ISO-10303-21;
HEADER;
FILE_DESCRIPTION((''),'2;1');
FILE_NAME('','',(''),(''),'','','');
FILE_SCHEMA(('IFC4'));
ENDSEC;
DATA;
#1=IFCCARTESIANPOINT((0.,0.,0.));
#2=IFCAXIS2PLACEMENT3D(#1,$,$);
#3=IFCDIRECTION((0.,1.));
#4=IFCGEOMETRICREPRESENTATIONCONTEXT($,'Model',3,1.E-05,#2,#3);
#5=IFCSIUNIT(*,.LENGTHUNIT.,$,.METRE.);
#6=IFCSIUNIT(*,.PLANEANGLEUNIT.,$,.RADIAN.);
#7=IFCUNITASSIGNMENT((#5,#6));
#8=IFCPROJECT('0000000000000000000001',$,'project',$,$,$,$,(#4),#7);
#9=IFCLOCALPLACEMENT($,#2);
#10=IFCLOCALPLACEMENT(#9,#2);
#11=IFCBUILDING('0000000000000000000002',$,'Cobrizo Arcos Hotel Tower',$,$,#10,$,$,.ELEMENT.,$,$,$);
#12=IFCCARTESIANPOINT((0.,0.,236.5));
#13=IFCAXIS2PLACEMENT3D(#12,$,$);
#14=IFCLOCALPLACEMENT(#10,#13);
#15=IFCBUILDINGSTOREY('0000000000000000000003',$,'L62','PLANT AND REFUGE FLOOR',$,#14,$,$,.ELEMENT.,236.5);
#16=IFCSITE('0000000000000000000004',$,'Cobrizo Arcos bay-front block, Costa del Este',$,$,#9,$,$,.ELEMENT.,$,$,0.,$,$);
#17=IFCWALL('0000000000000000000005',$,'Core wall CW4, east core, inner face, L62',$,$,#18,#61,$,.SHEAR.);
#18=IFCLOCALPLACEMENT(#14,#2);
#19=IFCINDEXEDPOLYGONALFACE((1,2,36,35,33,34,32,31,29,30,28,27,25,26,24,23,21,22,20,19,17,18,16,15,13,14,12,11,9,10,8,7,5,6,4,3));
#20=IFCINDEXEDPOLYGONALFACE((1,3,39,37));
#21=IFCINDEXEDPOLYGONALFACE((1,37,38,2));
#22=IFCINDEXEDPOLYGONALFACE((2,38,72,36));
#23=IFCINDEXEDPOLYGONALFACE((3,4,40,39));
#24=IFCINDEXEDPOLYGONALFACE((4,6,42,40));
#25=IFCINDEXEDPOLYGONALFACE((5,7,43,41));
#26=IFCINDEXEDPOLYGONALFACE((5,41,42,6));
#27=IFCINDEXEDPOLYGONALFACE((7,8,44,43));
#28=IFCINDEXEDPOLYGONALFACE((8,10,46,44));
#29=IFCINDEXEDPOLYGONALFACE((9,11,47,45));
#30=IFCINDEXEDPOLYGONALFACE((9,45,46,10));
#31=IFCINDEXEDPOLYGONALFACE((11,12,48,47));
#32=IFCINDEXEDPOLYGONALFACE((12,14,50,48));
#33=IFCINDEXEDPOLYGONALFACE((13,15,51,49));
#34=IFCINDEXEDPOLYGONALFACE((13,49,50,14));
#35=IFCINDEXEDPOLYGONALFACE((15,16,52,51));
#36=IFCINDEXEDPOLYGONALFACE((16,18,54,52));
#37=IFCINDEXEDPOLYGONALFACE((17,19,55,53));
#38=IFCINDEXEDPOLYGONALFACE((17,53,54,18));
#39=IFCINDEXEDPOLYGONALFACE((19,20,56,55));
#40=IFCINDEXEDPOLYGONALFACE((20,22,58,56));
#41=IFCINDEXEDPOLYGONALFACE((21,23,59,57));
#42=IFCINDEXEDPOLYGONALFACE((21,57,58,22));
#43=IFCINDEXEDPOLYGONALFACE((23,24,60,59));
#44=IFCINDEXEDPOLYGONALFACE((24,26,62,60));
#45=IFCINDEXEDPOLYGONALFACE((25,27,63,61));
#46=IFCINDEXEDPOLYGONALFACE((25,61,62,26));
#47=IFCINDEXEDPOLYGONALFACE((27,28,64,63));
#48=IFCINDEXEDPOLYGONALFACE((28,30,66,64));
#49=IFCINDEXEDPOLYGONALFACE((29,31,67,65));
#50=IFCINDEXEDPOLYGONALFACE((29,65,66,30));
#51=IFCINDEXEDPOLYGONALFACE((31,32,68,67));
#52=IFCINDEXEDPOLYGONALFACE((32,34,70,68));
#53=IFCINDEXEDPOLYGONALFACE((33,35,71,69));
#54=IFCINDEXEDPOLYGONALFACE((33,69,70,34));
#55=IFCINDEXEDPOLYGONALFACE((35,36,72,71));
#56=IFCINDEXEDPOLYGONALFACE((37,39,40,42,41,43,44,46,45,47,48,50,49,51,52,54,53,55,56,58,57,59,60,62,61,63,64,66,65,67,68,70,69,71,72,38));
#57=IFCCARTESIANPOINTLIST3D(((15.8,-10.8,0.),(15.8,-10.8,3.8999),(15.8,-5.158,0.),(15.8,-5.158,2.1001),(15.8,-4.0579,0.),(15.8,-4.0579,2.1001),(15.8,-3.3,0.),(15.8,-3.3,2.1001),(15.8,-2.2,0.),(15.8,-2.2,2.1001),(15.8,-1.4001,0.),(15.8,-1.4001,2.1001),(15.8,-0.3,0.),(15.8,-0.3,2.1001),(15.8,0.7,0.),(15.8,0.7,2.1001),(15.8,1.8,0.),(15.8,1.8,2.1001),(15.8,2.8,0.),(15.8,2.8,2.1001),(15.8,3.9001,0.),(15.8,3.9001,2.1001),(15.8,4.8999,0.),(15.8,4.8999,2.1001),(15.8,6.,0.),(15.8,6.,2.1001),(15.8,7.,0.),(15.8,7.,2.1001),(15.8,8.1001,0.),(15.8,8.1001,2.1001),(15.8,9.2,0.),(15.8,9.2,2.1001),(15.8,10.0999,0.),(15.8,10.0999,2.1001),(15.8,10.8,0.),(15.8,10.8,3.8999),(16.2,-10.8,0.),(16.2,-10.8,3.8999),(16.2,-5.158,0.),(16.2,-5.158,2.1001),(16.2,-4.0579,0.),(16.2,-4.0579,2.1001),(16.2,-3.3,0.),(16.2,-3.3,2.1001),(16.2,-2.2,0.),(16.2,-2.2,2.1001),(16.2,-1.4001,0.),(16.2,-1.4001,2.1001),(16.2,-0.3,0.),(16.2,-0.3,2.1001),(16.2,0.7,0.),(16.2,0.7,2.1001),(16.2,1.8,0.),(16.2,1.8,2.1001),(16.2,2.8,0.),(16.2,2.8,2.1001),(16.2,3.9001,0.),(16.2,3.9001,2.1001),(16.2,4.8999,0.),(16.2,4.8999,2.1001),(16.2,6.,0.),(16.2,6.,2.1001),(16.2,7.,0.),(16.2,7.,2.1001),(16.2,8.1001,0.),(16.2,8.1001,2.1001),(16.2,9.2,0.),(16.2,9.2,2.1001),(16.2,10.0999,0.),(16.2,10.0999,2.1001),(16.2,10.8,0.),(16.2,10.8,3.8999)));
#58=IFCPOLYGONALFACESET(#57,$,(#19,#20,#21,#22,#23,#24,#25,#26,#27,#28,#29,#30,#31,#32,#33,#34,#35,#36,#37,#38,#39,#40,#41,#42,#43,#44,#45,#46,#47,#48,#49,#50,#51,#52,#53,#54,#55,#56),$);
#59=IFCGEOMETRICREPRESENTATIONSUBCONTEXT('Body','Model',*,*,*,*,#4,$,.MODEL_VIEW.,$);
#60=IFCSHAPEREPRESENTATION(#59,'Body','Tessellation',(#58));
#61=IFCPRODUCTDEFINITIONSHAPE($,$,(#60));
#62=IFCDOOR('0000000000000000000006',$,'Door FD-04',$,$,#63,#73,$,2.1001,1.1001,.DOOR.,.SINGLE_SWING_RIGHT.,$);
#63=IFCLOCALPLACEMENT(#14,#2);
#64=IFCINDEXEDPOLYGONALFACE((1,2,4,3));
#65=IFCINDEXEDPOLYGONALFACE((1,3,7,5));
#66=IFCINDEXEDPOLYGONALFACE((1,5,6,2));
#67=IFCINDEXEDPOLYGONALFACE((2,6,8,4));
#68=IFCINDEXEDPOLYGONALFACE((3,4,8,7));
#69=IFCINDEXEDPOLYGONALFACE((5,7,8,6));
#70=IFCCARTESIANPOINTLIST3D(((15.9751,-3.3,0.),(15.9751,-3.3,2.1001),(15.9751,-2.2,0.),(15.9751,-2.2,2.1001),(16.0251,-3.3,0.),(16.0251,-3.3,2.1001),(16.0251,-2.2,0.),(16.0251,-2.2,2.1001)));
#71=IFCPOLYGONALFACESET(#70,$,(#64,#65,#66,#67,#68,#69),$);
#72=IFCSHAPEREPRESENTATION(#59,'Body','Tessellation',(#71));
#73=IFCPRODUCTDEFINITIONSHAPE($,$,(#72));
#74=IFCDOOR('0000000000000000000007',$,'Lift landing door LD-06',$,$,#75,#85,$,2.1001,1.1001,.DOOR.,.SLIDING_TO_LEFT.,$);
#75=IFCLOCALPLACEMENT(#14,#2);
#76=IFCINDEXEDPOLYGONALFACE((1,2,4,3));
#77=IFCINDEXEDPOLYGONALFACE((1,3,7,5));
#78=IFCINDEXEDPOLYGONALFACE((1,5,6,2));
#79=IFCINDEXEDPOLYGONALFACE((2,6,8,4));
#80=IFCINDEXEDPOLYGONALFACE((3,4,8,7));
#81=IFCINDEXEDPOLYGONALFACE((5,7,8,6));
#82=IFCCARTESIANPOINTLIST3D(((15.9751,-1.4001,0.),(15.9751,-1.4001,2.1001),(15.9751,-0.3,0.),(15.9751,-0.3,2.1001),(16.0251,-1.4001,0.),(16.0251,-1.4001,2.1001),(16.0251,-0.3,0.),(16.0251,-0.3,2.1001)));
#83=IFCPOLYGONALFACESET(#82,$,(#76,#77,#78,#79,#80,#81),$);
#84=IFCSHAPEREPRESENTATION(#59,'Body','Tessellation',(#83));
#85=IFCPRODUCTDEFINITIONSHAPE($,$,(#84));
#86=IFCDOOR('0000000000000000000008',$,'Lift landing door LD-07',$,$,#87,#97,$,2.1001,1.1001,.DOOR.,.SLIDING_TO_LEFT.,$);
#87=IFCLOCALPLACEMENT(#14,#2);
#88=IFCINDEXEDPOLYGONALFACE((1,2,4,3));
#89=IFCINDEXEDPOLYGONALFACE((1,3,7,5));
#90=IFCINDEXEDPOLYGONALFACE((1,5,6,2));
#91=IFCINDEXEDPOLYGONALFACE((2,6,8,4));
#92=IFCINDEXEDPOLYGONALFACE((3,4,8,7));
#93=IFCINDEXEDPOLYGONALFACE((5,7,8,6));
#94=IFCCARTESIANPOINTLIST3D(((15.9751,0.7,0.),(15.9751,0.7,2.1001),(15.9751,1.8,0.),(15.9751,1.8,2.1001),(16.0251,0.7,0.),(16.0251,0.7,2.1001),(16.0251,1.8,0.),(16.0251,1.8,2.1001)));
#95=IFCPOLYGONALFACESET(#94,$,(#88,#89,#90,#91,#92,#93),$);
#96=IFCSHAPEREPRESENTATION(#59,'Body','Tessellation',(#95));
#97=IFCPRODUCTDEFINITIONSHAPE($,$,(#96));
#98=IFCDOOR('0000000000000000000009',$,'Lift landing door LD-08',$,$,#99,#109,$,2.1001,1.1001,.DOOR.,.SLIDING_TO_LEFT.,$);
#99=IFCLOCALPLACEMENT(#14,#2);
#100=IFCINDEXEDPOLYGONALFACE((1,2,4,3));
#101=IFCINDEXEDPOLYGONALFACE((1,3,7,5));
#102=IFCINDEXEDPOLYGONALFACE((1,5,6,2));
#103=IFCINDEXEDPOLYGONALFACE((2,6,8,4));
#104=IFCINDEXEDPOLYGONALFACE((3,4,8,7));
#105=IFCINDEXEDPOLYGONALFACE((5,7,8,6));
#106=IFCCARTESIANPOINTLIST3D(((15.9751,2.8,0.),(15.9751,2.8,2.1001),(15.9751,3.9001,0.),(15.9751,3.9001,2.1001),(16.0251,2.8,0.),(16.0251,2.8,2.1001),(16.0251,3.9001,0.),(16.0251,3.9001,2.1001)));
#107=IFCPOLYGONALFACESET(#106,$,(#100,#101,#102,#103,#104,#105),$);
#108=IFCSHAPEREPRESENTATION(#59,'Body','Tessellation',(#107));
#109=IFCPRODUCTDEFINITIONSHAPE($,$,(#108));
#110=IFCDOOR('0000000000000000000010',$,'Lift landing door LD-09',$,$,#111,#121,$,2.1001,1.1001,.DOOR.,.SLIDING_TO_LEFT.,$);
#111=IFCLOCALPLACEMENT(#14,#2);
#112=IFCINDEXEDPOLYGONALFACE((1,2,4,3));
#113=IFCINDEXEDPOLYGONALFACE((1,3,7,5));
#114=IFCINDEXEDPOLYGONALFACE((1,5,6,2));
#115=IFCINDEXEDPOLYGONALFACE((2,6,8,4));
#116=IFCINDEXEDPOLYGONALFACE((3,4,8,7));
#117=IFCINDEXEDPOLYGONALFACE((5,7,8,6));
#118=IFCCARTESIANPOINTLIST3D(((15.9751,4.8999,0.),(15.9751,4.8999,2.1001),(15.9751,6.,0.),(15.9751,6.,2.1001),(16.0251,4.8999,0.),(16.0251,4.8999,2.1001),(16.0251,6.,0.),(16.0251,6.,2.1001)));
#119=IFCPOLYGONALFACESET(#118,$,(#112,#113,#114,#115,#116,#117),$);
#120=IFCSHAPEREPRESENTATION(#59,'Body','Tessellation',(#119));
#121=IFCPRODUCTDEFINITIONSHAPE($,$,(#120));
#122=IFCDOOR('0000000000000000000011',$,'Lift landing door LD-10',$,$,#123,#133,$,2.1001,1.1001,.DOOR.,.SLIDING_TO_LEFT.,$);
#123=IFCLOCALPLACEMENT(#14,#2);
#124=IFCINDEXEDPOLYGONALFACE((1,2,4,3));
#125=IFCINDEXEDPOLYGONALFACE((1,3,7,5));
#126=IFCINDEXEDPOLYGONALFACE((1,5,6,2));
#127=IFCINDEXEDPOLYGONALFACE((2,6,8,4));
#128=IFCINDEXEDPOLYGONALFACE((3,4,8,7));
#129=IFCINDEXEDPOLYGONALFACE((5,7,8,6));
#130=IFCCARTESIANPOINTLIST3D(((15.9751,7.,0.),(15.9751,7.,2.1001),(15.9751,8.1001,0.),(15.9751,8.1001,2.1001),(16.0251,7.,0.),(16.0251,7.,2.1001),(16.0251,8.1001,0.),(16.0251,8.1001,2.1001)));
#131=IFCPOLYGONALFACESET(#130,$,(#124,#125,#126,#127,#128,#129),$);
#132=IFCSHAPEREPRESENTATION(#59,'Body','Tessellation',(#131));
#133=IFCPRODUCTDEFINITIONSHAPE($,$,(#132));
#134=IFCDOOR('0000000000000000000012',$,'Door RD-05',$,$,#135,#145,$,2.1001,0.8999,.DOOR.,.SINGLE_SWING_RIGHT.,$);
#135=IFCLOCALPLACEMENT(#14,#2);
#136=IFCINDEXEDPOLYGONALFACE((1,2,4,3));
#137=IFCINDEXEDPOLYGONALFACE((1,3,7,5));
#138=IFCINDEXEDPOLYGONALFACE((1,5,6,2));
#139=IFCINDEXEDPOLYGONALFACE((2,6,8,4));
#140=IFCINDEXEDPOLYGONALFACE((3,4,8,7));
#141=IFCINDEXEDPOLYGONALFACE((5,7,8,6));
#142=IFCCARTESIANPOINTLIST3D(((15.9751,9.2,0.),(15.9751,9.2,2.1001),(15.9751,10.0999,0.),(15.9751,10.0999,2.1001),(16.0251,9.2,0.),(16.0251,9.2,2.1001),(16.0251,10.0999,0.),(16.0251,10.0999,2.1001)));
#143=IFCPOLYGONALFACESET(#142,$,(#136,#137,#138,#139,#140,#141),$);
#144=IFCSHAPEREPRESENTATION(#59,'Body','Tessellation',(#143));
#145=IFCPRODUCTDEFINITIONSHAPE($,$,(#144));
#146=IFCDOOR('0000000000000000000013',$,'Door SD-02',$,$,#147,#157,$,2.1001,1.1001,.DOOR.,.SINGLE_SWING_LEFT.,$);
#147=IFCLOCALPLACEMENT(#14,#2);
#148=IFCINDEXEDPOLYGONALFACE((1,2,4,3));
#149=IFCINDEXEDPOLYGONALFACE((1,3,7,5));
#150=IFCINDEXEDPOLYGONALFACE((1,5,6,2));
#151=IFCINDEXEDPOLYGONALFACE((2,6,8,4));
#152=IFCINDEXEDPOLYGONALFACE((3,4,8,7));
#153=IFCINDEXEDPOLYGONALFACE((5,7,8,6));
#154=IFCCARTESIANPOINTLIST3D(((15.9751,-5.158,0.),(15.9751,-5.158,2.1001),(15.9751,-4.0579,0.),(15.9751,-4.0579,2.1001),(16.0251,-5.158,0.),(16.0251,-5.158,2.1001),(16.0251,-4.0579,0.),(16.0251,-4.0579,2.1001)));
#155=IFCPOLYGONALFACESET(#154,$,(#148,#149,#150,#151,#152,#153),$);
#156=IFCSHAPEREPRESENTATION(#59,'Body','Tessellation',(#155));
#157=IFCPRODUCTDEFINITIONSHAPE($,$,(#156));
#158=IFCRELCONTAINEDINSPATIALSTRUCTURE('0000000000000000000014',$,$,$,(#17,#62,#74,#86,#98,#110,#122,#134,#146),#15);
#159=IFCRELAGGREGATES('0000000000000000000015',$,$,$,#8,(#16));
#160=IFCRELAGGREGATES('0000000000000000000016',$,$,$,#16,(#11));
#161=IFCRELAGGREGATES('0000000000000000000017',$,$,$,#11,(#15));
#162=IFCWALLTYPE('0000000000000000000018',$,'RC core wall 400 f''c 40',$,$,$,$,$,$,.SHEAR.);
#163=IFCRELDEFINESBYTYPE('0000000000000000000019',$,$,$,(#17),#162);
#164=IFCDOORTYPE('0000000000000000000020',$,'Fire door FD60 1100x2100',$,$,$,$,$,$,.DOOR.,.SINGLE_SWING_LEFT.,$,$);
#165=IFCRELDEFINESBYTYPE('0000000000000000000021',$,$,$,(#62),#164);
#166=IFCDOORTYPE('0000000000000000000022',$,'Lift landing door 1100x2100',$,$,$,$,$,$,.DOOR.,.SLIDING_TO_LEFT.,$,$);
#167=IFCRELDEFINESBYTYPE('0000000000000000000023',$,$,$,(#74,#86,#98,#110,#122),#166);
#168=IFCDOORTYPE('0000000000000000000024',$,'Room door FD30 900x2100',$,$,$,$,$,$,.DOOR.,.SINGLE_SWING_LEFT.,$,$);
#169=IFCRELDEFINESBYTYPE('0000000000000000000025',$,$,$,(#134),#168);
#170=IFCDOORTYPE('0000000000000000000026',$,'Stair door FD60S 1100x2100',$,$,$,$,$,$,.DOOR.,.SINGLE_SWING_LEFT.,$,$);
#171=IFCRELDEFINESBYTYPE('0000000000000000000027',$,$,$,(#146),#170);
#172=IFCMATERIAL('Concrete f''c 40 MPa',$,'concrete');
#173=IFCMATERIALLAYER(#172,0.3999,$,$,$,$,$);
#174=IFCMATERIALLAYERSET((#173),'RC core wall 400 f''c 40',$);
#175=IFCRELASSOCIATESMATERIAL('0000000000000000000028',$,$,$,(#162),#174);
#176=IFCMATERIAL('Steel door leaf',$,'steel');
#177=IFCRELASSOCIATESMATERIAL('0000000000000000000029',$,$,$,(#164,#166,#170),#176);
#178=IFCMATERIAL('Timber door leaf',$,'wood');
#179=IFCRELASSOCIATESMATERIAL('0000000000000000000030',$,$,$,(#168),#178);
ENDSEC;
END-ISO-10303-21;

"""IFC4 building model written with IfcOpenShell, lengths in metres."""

from ifc_helpers import new_model, si_unit, direction, frame, frame_2d, origin, place, context, subcontext, project, spatial, rectangle, extrude, material, layer, layer_set, type_object, element, fill, save


model = new_model("IFC4")

# Units and contexts
model_context = context("Model", 3, precision=1e-05, world=origin(), true_north=direction((0.0, 1.0)))
body_context = subcontext(model_context, "Body", "Model", "MODEL_VIEW")
ifc_project = project(units=[si_unit("LENGTHUNIT", "METRE"), si_unit("PLANEANGLEUNIT", "RADIAN")], contexts=[model_context])

# Site, building, storey
site_placement = place(None, origin())
site = spatial("IfcSite", under=ifc_project, at=site_placement, Name="Cobrizo Arcos bay-front block, Costa del Este", CompositionType="ELEMENT", RefElevation=0.0)
building_placement = place(site_placement, origin())
building = spatial("IfcBuilding", under=site, at=building_placement, Name="Cobrizo Arcos Hotel Tower", CompositionType="ELEMENT")
storey_placement = place(building_placement, frame((0.0, 0.0, 236.5)))
storey = spatial("IfcBuildingStorey", under=building, at=storey_placement, Name="L62", Description="PLANT AND REFUGE FLOOR", CompositionType="ELEMENT", Elevation=236.5)

# Wall, openings, doors
ifc_material_1 = material(Name="Concrete f'c 40 MPa", Category="concrete")
ifc_layer_1 = layer(ifc_material_1, 0.3999)
ifc_layer_set_1 = layer_set([ifc_layer_1], Name="RC core wall 400 f'c 40")
wall_type_1 = type_object("IfcWallType", Name="RC core wall 400 f'c 40", PredefinedType="SHEAR", material=ifc_layer_set_1)
wall_1_placement = place(storey_placement, frame((16.0, -10.8, 0.0), z_axis=(0.0, 0.0, 1.0), x_axis=(0.0, 1.0, 0.0)))
wall_1 = element("IfcWall", 1, at=wall_1_placement, inside=storey, type_object=wall_type_1, Name="Core wall CW4, east core, inner face, L62", PredefinedType="SHEAR", context=body_context, shape_type="SweptSolid", body=[
    extrude(rectangle(XDim=21.6001, YDim=0.3999, at=frame_2d((10.8, 0.0))), origin(), (0.0, 0.0, 1.0), 3.8999),
])
opening_1_placement = place(wall_1_placement, frame((9.3999, 0.0, 0.0)))
opening_1 = element("IfcOpeningElement", 2, at=opening_1_placement, cuts=wall_1, PredefinedType="OPENING", context=body_context, shape_type="SweptSolid", body=[
    extrude(rectangle(XDim=1.1001, YDim=2.1001, at=frame_2d((0.55, 1.05))), frame((0.0, 0.2119, 0.0), z_axis=(0.0, -1.0, 0.0), x_axis=(1.0, 0.0, 0.0)), (0.0, 0.0, 1.0), 0.4238),
])
opening_2_placement = place(wall_1_placement, frame((11.5, 0.0, 0.0)))
opening_2 = element("IfcOpeningElement", 3, at=opening_2_placement, cuts=wall_1, PredefinedType="OPENING", context=body_context, shape_type="SweptSolid", body=[
    extrude(rectangle(XDim=1.1001, YDim=2.1001, at=frame_2d((0.55, 1.05))), frame((0.0, 0.2119, 0.0), z_axis=(0.0, -1.0, 0.0), x_axis=(1.0, 0.0, 0.0)), (0.0, 0.0, 1.0), 0.4238),
])
opening_3_placement = place(wall_1_placement, frame((13.6001, 0.0, 0.0)))
opening_3 = element("IfcOpeningElement", 4, at=opening_3_placement, cuts=wall_1, PredefinedType="OPENING", context=body_context, shape_type="SweptSolid", body=[
    extrude(rectangle(XDim=1.1001, YDim=2.1001, at=frame_2d((0.55, 1.05))), frame((0.0, 0.2119, 0.0), z_axis=(0.0, -1.0, 0.0), x_axis=(1.0, 0.0, 0.0)), (0.0, 0.0, 1.0), 0.4238),
])
opening_4_placement = place(wall_1_placement, frame((15.7, 0.0, 0.0)))
opening_4 = element("IfcOpeningElement", 5, at=opening_4_placement, cuts=wall_1, PredefinedType="OPENING", context=body_context, shape_type="SweptSolid", body=[
    extrude(rectangle(XDim=1.1001, YDim=2.1001, at=frame_2d((0.55, 1.05))), frame((0.0, 0.2119, 0.0), z_axis=(0.0, -1.0, 0.0), x_axis=(1.0, 0.0, 0.0)), (0.0, 0.0, 1.0), 0.4238),
])
opening_5_placement = place(wall_1_placement, frame((17.8, 0.0, 0.0)))
opening_5 = element("IfcOpeningElement", 6, at=opening_5_placement, cuts=wall_1, PredefinedType="OPENING", context=body_context, shape_type="SweptSolid", body=[
    extrude(rectangle(XDim=1.1001, YDim=2.1001, at=frame_2d((0.55, 1.05))), frame((0.0, 0.2119, 0.0), z_axis=(0.0, -1.0, 0.0), x_axis=(1.0, 0.0, 0.0)), (0.0, 0.0, 1.0), 0.4238),
])
opening_6_placement = place(wall_1_placement, frame((5.6421, 0.0, 0.0)))
opening_6 = element("IfcOpeningElement", 7, at=opening_6_placement, cuts=wall_1, PredefinedType="OPENING", context=body_context, shape_type="SweptSolid", body=[
    extrude(rectangle(XDim=1.1001, YDim=2.1001, at=frame_2d((0.55, 1.05))), frame((0.0, 0.2119, 0.0), z_axis=(0.0, -1.0, 0.0), x_axis=(1.0, 0.0, 0.0)), (0.0, 0.0, 1.0), 0.4238),
])
opening_7_placement = place(wall_1_placement, frame((7.5, 0.0, 0.0)))
opening_7 = element("IfcOpeningElement", 8, at=opening_7_placement, cuts=wall_1, PredefinedType="OPENING", context=body_context, shape_type="SweptSolid", body=[
    extrude(rectangle(XDim=1.1001, YDim=2.1001, at=frame_2d((0.55, 1.05))), frame((0.0, 0.2119, 0.0), z_axis=(0.0, -1.0, 0.0), x_axis=(1.0, 0.0, 0.0)), (0.0, 0.0, 1.0), 0.4238),
])
opening_8_placement = place(wall_1_placement, frame((20.0, 0.0, 0.0)))
opening_8 = element("IfcOpeningElement", 9, at=opening_8_placement, cuts=wall_1, PredefinedType="OPENING", context=body_context, shape_type="SweptSolid", body=[
    extrude(rectangle(XDim=0.8999, YDim=2.1001, at=frame_2d((0.45, 1.05))), frame((0.0, 0.2119, 0.0), z_axis=(0.0, -1.0, 0.0), x_axis=(1.0, 0.0, 0.0)), (0.0, 0.0, 1.0), 0.4238),
])
ifc_material_2 = material(Name="Steel door leaf", Category="steel")
door_type_1 = type_object("IfcDoorType", Name="Fire door FD60 1100x2100", OperationType="SINGLE_SWING_LEFT", PredefinedType="DOOR", material=ifc_material_2)
door_1_placement = place(opening_7_placement, origin())
door_1 = element("IfcDoor", 10, at=door_1_placement, inside=storey, type_object=door_type_1, Name="Door FD-04", OperationType="SINGLE_SWING_RIGHT", OverallHeight=2.1001, OverallWidth=1.1001, PredefinedType="DOOR", context=body_context, shape_type="SweptSolid", body=[
    extrude(rectangle(XDim=1.1001, YDim=2.1001, at=frame_2d((0.55, 1.05))), frame((0.0, 0.0249, 0.0), z_axis=(0.0, -1.0, 0.0), x_axis=(1.0, 0.0, 0.0)), (0.0, 0.0, 1.0), 0.05),
])
fill(opening_7, door_1)
door_type_2 = type_object("IfcDoorType", Name="Lift landing door 1100x2100", OperationType="SLIDING_TO_LEFT", PredefinedType="DOOR", material=ifc_material_2)
door_2_placement = place(opening_1_placement, origin())
door_2 = element("IfcDoor", 11, at=door_2_placement, inside=storey, type_object=door_type_2, Name="Lift landing door LD-06", OperationType="SLIDING_TO_LEFT", OverallHeight=2.1001, OverallWidth=1.1001, PredefinedType="DOOR", context=body_context, shape_type="SweptSolid", body=[
    extrude(rectangle(XDim=1.1001, YDim=2.1001, at=frame_2d((0.55, 1.05))), frame((0.0, 0.0249, 0.0), z_axis=(0.0, -1.0, 0.0), x_axis=(1.0, 0.0, 0.0)), (0.0, 0.0, 1.0), 0.05),
])
fill(opening_1, door_2)
door_3_placement = place(opening_2_placement, origin())
door_3 = element("IfcDoor", 12, at=door_3_placement, inside=storey, type_object=door_type_2, Name="Lift landing door LD-07", OperationType="SLIDING_TO_LEFT", OverallHeight=2.1001, OverallWidth=1.1001, PredefinedType="DOOR", context=body_context, shape_type="SweptSolid", body=[
    extrude(rectangle(XDim=1.1001, YDim=2.1001, at=frame_2d((0.55, 1.05))), frame((0.0, 0.0249, 0.0), z_axis=(0.0, -1.0, 0.0), x_axis=(1.0, 0.0, 0.0)), (0.0, 0.0, 1.0), 0.05),
])
fill(opening_2, door_3)
door_4_placement = place(opening_3_placement, origin())
door_4 = element("IfcDoor", 13, at=door_4_placement, inside=storey, type_object=door_type_2, Name="Lift landing door LD-08", OperationType="SLIDING_TO_LEFT", OverallHeight=2.1001, OverallWidth=1.1001, PredefinedType="DOOR", context=body_context, shape_type="SweptSolid", body=[
    extrude(rectangle(XDim=1.1001, YDim=2.1001, at=frame_2d((0.55, 1.05))), frame((0.0, 0.0249, 0.0), z_axis=(0.0, -1.0, 0.0), x_axis=(1.0, 0.0, 0.0)), (0.0, 0.0, 1.0), 0.05),
])
fill(opening_3, door_4)
door_5_placement = place(opening_4_placement, origin())
door_5 = element("IfcDoor", 14, at=door_5_placement, inside=storey, type_object=door_type_2, Name="Lift landing door LD-09", OperationType="SLIDING_TO_LEFT", OverallHeight=2.1001, OverallWidth=1.1001, PredefinedType="DOOR", context=body_context, shape_type="SweptSolid", body=[
    extrude(rectangle(XDim=1.1001, YDim=2.1001, at=frame_2d((0.55, 1.05))), frame((0.0, 0.0249, 0.0), z_axis=(0.0, -1.0, 0.0), x_axis=(1.0, 0.0, 0.0)), (0.0, 0.0, 1.0), 0.05),
])
fill(opening_4, door_5)
door_6_placement = place(opening_5_placement, origin())
door_6 = element("IfcDoor", 15, at=door_6_placement, inside=storey, type_object=door_type_2, Name="Lift landing door LD-10", OperationType="SLIDING_TO_LEFT", OverallHeight=2.1001, OverallWidth=1.1001, PredefinedType="DOOR", context=body_context, shape_type="SweptSolid", body=[
    extrude(rectangle(XDim=1.1001, YDim=2.1001, at=frame_2d((0.55, 1.05))), frame((0.0, 0.0249, 0.0), z_axis=(0.0, -1.0, 0.0), x_axis=(1.0, 0.0, 0.0)), (0.0, 0.0, 1.0), 0.05),
])
fill(opening_5, door_6)
ifc_material_3 = material(Name="Timber door leaf", Category="wood")
door_type_3 = type_object("IfcDoorType", Name="Room door FD30 900x2100", OperationType="SINGLE_SWING_LEFT", PredefinedType="DOOR", material=ifc_material_3)
door_7_placement = place(opening_8_placement, origin())
door_7 = element("IfcDoor", 16, at=door_7_placement, inside=storey, type_object=door_type_3, Name="Door RD-05", OperationType="SINGLE_SWING_RIGHT", OverallHeight=2.1001, OverallWidth=0.8999, PredefinedType="DOOR", context=body_context, shape_type="SweptSolid", body=[
    extrude(rectangle(XDim=0.8999, YDim=2.1001, at=frame_2d((0.45, 1.05))), frame((0.0, 0.0249, 0.0), z_axis=(0.0, -1.0, 0.0), x_axis=(1.0, 0.0, 0.0)), (0.0, 0.0, 1.0), 0.05),
])
fill(opening_8, door_7)
door_type_4 = type_object("IfcDoorType", Name="Stair door FD60S 1100x2100", OperationType="SINGLE_SWING_LEFT", PredefinedType="DOOR", material=ifc_material_2)
door_8_placement = place(opening_6_placement, origin())
door_8 = element("IfcDoor", 17, at=door_8_placement, inside=storey, type_object=door_type_4, Name="Door SD-02", OperationType="SINGLE_SWING_LEFT", OverallHeight=2.1001, OverallWidth=1.1001, PredefinedType="DOOR", context=body_context, shape_type="SweptSolid", body=[
    extrude(rectangle(XDim=1.1001, YDim=2.1001, at=frame_2d((0.55, 1.05))), frame((0.0, 0.0249, 0.0), z_axis=(0.0, -1.0, 0.0), x_axis=(1.0, 0.0, 0.0)), (0.0, 0.0, 1.0), 0.05),
])
fill(opening_6, door_8)

save(model, "model.ifc")
